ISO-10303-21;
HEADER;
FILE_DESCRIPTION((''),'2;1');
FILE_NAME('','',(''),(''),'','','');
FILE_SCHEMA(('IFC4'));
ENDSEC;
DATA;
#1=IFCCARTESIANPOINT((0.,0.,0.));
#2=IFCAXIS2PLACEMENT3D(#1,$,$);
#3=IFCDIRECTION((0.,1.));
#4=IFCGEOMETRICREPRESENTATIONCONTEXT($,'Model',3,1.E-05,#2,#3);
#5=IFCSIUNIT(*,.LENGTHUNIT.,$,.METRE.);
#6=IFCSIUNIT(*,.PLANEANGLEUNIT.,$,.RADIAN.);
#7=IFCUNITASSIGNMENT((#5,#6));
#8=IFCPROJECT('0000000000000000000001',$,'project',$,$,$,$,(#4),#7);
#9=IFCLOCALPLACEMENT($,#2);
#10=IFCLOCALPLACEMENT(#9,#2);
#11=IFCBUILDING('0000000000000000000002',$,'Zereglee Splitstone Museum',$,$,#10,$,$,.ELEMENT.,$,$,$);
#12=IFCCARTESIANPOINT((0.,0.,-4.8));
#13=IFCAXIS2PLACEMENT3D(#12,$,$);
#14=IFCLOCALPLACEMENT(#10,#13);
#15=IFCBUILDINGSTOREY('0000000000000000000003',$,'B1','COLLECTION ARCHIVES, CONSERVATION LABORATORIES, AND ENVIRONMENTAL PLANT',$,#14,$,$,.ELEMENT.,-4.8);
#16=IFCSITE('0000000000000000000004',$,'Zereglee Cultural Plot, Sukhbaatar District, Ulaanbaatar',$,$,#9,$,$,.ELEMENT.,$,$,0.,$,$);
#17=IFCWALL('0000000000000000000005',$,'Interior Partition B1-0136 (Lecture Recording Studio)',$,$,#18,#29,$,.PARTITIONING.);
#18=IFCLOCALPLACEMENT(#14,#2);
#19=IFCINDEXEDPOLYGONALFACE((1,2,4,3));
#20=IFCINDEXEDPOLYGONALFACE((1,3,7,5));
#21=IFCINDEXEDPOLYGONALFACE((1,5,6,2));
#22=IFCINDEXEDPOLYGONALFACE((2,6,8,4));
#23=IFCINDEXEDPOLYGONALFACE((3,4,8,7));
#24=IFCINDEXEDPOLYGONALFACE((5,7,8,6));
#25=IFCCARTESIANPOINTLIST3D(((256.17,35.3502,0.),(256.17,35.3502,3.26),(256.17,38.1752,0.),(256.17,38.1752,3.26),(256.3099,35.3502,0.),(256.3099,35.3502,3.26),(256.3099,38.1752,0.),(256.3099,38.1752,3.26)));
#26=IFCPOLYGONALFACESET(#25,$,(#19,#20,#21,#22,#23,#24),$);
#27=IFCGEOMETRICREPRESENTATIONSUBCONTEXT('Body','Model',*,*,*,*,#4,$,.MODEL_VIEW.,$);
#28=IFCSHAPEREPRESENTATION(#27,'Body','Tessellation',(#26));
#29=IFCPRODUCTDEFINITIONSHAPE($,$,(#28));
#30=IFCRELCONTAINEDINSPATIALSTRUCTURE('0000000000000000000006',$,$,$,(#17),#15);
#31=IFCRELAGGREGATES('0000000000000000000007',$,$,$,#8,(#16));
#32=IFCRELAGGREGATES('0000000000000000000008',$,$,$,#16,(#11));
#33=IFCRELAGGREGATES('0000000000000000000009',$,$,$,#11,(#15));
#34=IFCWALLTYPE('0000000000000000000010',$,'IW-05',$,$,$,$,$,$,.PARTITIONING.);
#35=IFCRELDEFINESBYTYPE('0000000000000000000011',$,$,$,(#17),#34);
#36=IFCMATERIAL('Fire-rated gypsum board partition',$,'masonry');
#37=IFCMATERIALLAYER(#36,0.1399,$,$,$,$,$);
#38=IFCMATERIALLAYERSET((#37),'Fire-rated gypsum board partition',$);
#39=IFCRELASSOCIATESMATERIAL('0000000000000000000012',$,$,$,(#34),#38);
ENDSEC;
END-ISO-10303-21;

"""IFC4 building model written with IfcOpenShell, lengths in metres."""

from ifc_helpers import new_model, si_unit, direction, frame, frame_2d, origin, place, context, subcontext, project, spatial, rectangle, extrude, material, layer, layer_set, type_object, element, save


model = new_model("IFC4")

# Units and contexts
model_context = context("Model", 3, precision=1e-05, world=origin(), true_north=direction((0.0, 1.0)))
body_context = subcontext(model_context, "Body", "Model", "MODEL_VIEW")
ifc_project = project(units=[si_unit("LENGTHUNIT", "METRE"), si_unit("PLANEANGLEUNIT", "RADIAN")], contexts=[model_context])

# Site, building, storey
site_placement = place(None, origin())
site = spatial("IfcSite", under=ifc_project, at=site_placement, Name="Zereglee Cultural Plot, Sukhbaatar District, Ulaanbaatar", CompositionType="ELEMENT", RefElevation=0.0)
building_placement = place(site_placement, origin())
building = spatial("IfcBuilding", under=site, at=building_placement, Name="Zereglee Splitstone Museum", CompositionType="ELEMENT")
storey_placement = place(building_placement, frame((0.0, 0.0, -4.8)))
storey = spatial("IfcBuildingStorey", under=building, at=storey_placement, Name="B1", Description="COLLECTION ARCHIVES, CONSERVATION LABORATORIES, AND ENVIRONMENTAL PLANT", CompositionType="ELEMENT", Elevation=-4.8)

# Wall
ifc_material_1 = material(Name="Fire-rated gypsum board partition", Category="masonry")
ifc_layer_1 = layer(ifc_material_1, 0.1399)
ifc_layer_set_1 = layer_set([ifc_layer_1], Name="Fire-rated gypsum board partition")
wall_type_1 = type_object("IfcWallType", Name="IW-05", PredefinedType="PARTITIONING", material=ifc_layer_set_1)
wall_1_placement = place(storey_placement, frame((256.24, 35.3501, 0.0), z_axis=(0.0, 0.0, 1.0), x_axis=(0.0, 1.0, 0.0)))
element("IfcWall", 1, at=wall_1_placement, inside=storey, type_object=wall_type_1, Name="Interior Partition B1-0136 (Lecture Recording Studio)", PredefinedType="PARTITIONING", context=body_context, shape_type="SweptSolid", body=[
    extrude(rectangle(XDim=2.825, YDim=0.1399, at=frame_2d((1.4126, 0.0))), origin(), (0.0, 0.0, 1.0), 3.26),
])

save(model, "model.ifc")
